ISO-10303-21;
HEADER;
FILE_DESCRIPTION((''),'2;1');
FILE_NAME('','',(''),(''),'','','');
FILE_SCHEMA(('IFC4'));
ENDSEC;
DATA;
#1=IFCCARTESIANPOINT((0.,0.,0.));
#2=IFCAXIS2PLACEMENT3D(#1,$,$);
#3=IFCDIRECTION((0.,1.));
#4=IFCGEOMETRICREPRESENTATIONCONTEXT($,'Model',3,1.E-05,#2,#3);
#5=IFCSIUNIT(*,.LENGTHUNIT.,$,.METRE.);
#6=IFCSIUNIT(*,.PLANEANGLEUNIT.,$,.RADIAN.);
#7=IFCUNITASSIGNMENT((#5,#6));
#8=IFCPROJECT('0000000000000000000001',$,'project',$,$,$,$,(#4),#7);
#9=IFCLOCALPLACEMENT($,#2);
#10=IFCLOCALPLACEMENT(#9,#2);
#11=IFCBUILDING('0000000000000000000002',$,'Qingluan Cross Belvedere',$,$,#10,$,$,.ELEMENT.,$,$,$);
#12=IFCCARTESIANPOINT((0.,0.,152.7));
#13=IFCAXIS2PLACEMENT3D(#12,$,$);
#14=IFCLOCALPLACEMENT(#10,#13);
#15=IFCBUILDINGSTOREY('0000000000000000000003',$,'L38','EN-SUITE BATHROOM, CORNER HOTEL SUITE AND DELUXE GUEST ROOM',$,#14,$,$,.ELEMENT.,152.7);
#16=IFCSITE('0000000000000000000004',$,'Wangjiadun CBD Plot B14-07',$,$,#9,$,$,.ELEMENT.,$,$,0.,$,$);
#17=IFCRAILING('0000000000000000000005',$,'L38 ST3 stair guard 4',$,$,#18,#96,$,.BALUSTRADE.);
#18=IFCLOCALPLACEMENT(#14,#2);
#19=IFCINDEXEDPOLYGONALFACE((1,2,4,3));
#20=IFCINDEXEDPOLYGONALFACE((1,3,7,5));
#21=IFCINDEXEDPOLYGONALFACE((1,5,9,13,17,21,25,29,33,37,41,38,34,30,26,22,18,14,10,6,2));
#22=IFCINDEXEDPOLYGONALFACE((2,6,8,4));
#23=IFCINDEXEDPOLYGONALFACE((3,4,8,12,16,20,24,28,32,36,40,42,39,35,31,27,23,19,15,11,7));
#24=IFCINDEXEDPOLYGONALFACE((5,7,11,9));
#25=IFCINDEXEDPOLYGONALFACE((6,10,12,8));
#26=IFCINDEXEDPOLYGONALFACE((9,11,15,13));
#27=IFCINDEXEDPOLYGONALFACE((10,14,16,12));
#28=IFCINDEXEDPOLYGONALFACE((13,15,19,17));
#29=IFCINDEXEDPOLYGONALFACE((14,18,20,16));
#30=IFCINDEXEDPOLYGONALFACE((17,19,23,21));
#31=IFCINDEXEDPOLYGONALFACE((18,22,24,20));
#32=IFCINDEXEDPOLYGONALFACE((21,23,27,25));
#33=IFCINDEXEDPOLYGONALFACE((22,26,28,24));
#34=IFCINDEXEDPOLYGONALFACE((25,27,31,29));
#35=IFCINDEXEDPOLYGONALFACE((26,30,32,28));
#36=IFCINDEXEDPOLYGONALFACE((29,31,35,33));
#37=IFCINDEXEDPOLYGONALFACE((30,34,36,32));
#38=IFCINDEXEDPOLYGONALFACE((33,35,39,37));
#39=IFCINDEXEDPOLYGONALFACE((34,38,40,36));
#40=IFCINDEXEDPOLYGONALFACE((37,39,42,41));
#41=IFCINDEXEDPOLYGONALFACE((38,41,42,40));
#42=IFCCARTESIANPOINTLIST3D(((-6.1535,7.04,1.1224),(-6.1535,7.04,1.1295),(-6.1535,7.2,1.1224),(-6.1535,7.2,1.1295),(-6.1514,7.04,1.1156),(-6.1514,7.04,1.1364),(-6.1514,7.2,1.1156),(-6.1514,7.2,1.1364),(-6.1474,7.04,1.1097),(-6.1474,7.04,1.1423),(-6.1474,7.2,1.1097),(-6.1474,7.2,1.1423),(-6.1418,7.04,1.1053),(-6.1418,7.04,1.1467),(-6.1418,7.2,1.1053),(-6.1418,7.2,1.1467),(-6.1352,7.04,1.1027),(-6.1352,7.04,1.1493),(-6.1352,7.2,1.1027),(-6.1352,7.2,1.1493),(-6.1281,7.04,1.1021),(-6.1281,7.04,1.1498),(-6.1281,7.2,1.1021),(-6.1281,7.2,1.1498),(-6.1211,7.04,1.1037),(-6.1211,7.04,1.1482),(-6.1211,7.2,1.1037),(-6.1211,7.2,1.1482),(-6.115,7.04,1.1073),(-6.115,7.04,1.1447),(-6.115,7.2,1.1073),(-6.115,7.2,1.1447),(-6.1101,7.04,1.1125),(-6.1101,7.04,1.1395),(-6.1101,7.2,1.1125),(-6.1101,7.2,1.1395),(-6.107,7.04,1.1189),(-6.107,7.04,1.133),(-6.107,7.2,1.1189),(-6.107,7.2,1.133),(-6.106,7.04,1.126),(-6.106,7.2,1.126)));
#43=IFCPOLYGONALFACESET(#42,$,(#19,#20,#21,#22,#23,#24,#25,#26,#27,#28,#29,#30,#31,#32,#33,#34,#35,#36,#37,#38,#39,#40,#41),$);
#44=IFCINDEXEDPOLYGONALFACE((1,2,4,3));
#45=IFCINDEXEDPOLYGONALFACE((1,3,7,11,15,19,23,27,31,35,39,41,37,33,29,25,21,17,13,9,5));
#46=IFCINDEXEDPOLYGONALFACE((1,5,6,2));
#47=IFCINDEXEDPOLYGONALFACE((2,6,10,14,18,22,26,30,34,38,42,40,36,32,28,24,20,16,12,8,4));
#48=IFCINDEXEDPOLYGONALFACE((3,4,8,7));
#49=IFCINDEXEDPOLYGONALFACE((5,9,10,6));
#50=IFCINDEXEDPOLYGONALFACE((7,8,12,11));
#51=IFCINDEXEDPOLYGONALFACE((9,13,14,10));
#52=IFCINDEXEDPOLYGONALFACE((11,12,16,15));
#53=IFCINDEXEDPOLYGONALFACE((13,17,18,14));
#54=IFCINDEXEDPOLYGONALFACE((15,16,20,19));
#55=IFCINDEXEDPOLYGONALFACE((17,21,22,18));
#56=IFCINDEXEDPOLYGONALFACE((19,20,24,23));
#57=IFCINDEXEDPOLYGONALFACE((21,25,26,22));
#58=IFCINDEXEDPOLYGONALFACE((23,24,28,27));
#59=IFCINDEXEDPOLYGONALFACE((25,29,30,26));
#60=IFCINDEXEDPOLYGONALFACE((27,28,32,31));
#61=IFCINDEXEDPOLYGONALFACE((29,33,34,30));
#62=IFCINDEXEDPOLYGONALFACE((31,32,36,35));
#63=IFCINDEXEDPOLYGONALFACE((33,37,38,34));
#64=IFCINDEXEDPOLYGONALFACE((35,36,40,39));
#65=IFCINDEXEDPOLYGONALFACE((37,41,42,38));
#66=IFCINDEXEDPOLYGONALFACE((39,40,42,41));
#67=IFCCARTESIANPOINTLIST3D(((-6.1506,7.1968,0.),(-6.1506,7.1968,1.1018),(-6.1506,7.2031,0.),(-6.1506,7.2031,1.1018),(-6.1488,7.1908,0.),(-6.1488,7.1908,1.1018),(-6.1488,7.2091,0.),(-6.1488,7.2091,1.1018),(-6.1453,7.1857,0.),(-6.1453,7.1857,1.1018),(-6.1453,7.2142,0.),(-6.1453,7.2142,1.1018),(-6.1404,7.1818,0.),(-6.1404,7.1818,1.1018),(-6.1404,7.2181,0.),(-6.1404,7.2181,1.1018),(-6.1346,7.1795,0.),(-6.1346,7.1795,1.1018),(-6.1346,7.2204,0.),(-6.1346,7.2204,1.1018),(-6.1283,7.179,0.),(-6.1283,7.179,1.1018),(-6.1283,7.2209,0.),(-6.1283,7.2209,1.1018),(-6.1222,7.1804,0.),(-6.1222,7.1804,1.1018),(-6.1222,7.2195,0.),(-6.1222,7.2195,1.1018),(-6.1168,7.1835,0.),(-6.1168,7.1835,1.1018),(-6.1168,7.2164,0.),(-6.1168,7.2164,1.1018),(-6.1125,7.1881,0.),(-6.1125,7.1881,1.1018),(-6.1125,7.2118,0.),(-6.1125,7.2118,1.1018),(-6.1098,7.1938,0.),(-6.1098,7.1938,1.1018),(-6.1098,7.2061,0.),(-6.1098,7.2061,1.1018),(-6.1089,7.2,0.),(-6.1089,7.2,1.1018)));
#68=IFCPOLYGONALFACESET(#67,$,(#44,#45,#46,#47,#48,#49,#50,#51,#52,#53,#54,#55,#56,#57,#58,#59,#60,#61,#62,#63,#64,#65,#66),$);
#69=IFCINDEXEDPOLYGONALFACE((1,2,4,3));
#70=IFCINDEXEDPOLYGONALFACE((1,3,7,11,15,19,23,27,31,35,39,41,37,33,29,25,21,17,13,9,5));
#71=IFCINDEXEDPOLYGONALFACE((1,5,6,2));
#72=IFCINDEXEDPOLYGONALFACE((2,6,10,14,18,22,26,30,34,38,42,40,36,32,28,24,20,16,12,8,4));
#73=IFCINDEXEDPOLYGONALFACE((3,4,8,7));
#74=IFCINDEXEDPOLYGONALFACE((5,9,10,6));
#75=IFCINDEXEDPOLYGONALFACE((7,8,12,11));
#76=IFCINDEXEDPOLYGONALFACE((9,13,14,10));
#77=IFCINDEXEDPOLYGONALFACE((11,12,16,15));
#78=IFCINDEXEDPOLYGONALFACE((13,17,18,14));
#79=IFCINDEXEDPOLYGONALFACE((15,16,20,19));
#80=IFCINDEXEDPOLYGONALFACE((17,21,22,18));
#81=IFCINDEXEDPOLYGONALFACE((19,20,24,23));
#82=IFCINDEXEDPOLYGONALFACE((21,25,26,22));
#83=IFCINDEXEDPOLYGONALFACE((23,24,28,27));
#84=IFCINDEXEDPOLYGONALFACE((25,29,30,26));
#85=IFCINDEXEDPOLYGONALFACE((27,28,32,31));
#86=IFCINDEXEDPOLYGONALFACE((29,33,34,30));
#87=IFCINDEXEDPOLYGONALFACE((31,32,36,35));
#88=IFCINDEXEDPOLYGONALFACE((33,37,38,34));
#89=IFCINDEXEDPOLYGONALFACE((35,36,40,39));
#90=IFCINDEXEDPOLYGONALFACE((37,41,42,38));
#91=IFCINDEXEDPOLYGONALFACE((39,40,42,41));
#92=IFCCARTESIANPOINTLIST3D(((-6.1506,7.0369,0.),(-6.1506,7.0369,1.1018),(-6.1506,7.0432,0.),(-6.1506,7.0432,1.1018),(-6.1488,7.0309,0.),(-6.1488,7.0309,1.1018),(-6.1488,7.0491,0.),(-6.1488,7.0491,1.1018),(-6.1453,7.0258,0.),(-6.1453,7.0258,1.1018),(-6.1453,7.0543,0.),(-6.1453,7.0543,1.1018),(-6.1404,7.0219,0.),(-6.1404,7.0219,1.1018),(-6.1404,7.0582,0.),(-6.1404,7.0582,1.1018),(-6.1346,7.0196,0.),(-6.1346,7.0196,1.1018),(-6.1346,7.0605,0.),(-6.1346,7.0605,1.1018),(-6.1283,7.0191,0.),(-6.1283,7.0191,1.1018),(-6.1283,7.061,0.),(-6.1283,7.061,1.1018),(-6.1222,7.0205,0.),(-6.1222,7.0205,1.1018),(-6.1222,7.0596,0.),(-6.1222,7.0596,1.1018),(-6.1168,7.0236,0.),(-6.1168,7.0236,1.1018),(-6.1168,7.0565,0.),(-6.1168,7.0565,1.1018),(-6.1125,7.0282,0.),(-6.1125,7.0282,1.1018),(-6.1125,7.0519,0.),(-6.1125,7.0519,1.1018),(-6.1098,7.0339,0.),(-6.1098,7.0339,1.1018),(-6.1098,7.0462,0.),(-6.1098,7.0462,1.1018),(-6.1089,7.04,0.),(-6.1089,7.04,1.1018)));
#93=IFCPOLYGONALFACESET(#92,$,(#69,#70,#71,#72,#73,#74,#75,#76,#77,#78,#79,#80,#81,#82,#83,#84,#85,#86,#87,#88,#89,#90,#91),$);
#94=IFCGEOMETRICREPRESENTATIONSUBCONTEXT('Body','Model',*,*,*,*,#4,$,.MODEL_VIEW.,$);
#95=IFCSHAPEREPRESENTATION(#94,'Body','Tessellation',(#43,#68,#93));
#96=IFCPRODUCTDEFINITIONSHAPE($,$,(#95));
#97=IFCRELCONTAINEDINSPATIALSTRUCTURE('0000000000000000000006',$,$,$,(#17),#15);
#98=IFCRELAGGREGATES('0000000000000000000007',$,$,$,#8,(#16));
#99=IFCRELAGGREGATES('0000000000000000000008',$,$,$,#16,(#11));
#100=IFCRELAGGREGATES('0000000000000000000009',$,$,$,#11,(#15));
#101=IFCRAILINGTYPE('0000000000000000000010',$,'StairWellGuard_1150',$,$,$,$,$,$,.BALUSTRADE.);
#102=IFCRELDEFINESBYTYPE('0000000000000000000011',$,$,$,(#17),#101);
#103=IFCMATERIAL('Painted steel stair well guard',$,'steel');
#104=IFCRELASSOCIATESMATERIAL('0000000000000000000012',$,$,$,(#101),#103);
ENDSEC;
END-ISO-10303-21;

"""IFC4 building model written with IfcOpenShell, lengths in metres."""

from ifc_helpers import new_model, si_unit, direction, frame, origin, origin_2d, place, context, subcontext, project, spatial, circle, extrude, material, type_object, element, save


model = new_model("IFC4")

# Units and contexts
model_context = context("Model", 3, precision=1e-05, world=origin(), true_north=direction((0.0, 1.0)))
body_context = subcontext(model_context, "Body", "Model", "MODEL_VIEW")
ifc_project = project(units=[si_unit("LENGTHUNIT", "METRE"), si_unit("PLANEANGLEUNIT", "RADIAN")], contexts=[model_context])

# Site, building, storey
site_placement = place(None, origin())
site = spatial("IfcSite", under=ifc_project, at=site_placement, Name="Wangjiadun CBD Plot B14-07", CompositionType="ELEMENT", RefElevation=0.0)
building_placement = place(site_placement, origin())
building = spatial("IfcBuilding", under=site, at=building_placement, Name="Qingluan Cross Belvedere", CompositionType="ELEMENT")
storey_placement = place(building_placement, frame((0.0, 0.0, 152.7)))
storey = spatial("IfcBuildingStorey", under=building, at=storey_placement, Name="L38", Description="EN-SUITE BATHROOM, CORNER HOTEL SUITE AND DELUXE GUEST ROOM", CompositionType="ELEMENT", Elevation=152.7)

# Railing
ifc_material_1 = material(Name="Painted steel stair well guard", Category="steel")
railing_type_1 = type_object("IfcRailingType", Name="StairWellGuard_1150", PredefinedType="BALUSTRADE", material=ifc_material_1)
railing_1_placement = place(storey_placement, frame((-6.1299, 7.2, 0.0)))
element("IfcRailing", 1, at=railing_1_placement, inside=storey, type_object=railing_type_1, Name="L38 ST3 stair guard 4", PredefinedType="BALUSTRADE", context=body_context, shape_type="SweptSolid", body=[
    extrude(circle(Radius=0.0239, at=origin_2d()), frame((0.0, 0.0, 1.126), z_axis=(0.0, -1.0, 0.0), x_axis=(1.0, 0.0, 0.0)), (0.0, 0.0, 1.0), 0.1599),
    extrude(circle(Radius=0.021, at=origin_2d()), origin(), (0.0, 0.0, 1.0), 1.1018),
    extrude(circle(Radius=0.021, at=origin_2d()), frame((0.0, -0.1599, 0.0)), (0.0, 0.0, 1.0), 1.1018),
])

save(model, "model.ifc")
